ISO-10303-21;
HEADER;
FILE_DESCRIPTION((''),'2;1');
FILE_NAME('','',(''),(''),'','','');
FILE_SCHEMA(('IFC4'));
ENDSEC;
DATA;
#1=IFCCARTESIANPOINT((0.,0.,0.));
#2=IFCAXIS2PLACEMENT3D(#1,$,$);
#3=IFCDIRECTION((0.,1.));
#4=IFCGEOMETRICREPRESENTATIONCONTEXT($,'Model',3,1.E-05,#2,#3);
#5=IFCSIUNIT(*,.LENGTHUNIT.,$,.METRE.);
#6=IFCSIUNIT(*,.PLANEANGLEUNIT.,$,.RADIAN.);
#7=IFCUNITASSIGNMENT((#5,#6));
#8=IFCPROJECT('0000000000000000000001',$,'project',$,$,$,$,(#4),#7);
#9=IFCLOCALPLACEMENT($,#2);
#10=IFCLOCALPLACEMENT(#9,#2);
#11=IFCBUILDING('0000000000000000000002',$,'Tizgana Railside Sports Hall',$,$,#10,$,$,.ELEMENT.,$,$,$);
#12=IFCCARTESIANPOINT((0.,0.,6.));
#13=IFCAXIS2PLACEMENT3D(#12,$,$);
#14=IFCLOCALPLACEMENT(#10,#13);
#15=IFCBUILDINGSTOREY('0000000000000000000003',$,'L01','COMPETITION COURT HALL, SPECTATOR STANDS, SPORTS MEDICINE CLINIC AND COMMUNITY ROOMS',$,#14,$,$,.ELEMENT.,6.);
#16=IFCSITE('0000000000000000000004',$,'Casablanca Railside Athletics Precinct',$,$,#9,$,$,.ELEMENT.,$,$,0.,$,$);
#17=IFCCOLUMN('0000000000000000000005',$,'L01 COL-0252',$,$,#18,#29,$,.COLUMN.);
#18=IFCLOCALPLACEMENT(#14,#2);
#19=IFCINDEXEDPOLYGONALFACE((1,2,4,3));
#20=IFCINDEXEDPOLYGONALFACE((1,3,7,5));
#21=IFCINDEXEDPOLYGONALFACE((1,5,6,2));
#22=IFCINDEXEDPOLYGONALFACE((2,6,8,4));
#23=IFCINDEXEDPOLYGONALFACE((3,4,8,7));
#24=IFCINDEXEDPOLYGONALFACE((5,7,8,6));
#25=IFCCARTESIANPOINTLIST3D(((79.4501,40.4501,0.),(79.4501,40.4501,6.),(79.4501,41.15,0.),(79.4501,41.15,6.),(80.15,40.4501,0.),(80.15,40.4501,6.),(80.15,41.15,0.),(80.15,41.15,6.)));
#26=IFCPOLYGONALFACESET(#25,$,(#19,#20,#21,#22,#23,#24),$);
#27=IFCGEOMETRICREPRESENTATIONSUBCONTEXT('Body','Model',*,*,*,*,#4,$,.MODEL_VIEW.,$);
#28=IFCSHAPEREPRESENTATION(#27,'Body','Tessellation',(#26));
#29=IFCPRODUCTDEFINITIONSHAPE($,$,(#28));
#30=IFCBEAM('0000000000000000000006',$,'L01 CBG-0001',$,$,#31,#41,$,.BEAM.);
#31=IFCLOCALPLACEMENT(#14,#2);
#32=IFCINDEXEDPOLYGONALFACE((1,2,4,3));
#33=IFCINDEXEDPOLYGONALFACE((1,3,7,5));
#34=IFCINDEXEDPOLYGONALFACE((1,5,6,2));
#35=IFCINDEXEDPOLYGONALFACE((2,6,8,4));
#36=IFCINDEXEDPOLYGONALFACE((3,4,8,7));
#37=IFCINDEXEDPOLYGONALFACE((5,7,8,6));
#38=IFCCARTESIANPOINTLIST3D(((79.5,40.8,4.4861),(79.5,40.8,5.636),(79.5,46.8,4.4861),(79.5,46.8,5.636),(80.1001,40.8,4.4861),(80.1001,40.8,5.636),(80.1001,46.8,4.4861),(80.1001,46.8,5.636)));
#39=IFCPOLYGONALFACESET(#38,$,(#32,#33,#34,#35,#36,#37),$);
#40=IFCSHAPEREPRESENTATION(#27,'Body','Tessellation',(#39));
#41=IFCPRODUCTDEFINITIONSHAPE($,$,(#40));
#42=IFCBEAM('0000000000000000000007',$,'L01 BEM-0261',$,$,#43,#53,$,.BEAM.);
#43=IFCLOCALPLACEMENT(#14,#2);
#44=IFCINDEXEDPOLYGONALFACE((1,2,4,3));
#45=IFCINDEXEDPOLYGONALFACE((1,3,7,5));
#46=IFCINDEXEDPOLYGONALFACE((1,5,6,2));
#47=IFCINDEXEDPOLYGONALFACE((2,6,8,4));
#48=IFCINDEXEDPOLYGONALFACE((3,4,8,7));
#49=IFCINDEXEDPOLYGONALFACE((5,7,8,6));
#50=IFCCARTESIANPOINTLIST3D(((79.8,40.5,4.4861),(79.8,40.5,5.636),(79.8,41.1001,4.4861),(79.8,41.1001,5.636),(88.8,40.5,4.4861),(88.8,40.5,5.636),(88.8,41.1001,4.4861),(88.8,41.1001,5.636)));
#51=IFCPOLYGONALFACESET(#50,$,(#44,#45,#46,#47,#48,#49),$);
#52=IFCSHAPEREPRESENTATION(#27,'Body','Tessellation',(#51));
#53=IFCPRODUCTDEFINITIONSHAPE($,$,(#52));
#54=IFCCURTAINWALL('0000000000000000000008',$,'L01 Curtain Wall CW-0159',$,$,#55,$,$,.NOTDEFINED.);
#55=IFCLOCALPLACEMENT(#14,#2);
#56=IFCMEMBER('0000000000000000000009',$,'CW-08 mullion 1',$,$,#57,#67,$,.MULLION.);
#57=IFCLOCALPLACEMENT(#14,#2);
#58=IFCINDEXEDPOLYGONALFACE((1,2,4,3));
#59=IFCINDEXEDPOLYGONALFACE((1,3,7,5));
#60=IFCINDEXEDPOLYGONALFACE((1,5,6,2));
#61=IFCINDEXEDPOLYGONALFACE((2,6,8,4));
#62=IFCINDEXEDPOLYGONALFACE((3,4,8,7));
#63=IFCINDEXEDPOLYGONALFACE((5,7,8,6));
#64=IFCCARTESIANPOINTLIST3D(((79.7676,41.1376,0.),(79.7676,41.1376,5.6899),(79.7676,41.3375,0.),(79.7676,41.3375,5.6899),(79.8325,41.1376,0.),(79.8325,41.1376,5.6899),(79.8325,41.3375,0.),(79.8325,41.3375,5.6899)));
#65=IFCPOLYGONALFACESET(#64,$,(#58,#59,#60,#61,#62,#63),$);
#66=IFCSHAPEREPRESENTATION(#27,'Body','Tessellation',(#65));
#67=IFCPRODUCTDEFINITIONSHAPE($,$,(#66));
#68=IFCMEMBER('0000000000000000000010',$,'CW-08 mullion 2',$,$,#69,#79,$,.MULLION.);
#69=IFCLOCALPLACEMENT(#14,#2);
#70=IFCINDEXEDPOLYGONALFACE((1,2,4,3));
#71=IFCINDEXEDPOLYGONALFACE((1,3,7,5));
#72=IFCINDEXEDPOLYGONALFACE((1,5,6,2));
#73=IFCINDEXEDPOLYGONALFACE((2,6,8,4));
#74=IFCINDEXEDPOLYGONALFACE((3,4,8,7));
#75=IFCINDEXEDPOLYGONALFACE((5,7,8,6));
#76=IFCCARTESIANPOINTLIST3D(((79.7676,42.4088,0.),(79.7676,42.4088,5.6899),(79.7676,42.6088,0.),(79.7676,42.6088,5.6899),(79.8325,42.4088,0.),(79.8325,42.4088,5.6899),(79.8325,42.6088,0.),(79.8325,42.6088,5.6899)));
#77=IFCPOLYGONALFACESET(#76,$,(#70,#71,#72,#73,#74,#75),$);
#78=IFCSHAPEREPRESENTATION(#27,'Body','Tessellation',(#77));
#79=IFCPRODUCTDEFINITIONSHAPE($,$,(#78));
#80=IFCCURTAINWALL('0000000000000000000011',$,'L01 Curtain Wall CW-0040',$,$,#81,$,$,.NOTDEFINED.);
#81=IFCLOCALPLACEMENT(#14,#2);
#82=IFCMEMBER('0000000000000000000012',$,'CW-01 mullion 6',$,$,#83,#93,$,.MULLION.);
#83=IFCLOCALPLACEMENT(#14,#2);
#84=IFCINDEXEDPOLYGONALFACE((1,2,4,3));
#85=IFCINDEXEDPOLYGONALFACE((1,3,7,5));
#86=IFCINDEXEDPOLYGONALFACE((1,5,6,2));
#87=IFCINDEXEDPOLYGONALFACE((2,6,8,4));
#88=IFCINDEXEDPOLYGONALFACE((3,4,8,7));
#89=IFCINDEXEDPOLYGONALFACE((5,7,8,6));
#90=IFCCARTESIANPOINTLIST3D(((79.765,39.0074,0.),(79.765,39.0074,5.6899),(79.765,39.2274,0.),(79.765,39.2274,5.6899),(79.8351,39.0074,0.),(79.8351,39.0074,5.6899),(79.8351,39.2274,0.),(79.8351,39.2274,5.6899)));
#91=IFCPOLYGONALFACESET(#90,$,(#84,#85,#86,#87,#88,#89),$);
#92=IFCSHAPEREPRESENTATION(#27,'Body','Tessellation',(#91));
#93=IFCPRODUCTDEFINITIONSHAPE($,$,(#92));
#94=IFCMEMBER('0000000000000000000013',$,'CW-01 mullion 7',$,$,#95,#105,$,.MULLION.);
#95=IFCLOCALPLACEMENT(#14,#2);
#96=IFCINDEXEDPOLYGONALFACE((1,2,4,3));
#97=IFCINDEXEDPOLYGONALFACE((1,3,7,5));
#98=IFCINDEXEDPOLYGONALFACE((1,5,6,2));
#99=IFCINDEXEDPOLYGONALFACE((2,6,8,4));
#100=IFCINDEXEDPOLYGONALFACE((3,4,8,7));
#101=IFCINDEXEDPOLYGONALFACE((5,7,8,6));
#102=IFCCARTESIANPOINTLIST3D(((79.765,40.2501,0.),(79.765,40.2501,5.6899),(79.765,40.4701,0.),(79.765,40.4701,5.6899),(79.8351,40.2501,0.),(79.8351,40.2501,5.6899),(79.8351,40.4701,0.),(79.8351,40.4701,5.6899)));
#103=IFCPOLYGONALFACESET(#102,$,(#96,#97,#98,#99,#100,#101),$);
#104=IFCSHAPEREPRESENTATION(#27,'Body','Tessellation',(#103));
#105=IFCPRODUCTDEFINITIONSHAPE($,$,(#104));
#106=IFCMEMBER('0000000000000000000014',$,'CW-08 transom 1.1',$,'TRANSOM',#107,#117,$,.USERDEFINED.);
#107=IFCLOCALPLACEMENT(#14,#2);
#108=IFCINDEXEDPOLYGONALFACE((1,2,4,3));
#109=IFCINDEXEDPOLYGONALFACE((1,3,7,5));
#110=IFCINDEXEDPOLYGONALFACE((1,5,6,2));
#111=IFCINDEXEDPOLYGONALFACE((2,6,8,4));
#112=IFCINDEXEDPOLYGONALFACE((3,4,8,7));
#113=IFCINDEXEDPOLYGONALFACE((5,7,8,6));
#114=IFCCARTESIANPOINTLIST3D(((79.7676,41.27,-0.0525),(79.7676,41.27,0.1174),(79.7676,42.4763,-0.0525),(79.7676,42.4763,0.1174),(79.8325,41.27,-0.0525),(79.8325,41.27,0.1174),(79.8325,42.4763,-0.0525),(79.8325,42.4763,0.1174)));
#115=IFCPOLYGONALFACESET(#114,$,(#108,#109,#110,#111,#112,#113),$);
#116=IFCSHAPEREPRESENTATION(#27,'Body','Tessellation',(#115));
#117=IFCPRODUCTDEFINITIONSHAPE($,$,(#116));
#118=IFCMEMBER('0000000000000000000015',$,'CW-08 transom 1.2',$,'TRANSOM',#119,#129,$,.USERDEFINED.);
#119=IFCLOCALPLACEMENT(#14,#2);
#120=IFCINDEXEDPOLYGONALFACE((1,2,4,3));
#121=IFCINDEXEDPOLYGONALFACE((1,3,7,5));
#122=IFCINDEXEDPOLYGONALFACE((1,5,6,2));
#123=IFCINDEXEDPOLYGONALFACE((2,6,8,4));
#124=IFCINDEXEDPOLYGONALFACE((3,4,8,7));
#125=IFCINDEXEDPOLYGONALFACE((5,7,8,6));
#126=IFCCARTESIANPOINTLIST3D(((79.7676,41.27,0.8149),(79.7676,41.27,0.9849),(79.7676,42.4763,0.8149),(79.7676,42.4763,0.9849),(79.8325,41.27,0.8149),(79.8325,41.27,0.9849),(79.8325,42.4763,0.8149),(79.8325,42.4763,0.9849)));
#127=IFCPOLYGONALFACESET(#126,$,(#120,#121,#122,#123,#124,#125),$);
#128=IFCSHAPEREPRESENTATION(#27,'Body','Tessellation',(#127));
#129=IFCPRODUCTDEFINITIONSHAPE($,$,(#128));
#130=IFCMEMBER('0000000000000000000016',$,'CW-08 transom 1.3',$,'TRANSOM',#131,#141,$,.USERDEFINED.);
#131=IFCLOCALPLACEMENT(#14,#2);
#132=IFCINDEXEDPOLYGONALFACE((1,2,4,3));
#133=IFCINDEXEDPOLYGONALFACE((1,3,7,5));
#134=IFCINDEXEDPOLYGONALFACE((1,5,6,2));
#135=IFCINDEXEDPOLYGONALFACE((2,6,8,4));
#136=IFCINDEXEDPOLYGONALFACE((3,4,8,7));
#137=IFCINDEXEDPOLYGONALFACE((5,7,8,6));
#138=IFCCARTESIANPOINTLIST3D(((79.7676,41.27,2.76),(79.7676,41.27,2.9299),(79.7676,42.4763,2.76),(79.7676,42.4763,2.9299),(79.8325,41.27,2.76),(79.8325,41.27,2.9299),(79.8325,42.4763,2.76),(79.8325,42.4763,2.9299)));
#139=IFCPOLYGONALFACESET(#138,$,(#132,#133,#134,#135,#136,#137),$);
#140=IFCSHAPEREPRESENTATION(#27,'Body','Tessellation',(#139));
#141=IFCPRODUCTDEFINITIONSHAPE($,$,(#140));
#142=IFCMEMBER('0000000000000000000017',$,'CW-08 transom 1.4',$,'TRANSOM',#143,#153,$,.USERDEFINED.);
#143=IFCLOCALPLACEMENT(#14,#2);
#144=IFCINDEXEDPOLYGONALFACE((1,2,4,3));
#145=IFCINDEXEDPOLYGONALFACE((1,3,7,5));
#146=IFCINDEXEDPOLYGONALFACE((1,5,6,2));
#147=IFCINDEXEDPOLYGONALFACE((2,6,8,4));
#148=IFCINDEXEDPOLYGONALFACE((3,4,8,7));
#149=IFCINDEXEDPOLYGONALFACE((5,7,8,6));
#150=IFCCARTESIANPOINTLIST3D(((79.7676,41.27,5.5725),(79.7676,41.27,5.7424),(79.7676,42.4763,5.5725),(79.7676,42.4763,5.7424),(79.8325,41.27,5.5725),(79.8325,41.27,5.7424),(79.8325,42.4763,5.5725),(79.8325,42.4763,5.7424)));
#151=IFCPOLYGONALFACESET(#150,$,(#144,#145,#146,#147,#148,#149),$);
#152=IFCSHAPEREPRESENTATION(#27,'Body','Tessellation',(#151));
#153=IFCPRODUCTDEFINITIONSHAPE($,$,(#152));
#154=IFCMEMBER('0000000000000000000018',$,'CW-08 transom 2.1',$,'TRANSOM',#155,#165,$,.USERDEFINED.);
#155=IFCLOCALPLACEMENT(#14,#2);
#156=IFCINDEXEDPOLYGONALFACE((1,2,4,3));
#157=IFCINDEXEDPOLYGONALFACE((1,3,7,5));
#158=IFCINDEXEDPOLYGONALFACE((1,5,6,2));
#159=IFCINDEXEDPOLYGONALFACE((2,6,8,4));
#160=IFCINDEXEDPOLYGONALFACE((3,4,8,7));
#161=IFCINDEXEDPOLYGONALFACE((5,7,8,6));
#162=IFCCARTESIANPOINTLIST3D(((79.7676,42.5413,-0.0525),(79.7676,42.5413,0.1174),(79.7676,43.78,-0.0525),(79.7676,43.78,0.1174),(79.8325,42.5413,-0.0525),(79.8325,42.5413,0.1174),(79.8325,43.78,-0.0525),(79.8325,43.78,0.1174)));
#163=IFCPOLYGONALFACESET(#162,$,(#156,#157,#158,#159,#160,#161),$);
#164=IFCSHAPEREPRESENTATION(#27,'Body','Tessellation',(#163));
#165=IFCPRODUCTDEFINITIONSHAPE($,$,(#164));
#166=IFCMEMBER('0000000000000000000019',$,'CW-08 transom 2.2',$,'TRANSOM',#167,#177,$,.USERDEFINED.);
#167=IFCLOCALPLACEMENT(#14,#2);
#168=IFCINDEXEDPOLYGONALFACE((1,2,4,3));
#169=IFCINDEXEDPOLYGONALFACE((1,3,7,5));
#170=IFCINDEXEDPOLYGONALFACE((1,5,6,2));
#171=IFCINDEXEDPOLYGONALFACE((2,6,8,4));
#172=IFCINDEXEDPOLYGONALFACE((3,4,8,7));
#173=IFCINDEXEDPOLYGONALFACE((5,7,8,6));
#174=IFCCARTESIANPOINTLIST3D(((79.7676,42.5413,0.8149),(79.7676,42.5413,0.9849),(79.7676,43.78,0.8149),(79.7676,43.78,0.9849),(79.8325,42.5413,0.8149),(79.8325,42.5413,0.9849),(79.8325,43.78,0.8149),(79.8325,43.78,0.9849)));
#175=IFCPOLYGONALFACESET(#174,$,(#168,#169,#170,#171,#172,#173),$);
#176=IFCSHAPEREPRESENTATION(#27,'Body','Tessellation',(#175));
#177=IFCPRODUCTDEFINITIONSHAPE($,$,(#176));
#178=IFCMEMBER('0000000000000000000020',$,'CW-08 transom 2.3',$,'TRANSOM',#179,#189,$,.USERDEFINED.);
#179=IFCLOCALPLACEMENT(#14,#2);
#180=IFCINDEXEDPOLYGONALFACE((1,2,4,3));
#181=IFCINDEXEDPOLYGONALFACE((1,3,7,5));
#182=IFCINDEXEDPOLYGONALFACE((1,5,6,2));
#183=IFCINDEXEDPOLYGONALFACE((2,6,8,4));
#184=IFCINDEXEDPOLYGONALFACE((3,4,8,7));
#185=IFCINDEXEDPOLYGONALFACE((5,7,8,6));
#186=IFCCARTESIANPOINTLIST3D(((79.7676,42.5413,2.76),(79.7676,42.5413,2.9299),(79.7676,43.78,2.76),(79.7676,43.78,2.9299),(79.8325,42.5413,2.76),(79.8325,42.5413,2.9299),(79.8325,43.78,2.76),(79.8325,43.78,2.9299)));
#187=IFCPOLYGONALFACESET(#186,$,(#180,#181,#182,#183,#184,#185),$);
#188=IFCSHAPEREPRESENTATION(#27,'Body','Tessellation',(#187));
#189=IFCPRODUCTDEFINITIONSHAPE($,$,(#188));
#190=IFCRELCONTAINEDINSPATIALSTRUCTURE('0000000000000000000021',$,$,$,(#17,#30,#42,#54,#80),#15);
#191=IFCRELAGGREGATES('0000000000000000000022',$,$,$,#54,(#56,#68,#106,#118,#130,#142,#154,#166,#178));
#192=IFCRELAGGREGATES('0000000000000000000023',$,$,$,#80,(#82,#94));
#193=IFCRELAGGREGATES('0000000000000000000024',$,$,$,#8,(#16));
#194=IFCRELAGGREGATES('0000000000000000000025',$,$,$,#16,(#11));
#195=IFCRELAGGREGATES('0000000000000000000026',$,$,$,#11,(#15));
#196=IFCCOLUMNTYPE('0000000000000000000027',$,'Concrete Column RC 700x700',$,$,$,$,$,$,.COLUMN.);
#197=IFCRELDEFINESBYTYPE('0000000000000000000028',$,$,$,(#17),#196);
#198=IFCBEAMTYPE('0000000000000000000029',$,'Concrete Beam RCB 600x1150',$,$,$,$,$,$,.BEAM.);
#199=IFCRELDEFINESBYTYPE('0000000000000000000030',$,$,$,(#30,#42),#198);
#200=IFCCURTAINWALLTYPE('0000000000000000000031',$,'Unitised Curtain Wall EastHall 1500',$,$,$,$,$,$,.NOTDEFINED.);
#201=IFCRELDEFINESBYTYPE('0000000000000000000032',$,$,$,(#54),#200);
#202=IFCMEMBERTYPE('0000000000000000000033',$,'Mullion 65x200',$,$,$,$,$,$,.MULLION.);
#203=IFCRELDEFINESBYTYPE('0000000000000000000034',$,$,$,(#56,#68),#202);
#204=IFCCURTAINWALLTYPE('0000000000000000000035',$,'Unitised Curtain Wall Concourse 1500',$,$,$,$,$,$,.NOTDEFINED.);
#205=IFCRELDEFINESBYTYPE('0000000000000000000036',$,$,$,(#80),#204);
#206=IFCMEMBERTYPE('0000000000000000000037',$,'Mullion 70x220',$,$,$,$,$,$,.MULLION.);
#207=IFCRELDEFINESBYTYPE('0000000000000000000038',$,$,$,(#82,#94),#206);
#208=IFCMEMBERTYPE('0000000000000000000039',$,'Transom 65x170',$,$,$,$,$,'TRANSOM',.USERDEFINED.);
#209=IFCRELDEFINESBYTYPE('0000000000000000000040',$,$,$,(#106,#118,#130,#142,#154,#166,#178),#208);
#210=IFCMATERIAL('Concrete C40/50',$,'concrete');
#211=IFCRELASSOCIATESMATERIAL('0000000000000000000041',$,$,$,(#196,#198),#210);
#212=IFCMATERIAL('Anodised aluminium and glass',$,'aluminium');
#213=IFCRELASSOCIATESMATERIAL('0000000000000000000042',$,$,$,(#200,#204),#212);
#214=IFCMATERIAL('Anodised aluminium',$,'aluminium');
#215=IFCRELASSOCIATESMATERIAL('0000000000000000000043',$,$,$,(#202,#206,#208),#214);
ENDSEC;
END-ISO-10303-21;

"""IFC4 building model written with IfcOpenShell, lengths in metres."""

from ifc_helpers import new_model, si_unit, direction, frame, origin, origin_2d, place, context, subcontext, project, spatial, rectangle, extrude, material, material_profile, profile_set, type_object, element, aggregate, save


model = new_model("IFC4")

# Units and contexts
model_context = context("Model", 3, precision=1e-05, world=origin(), true_north=direction((0.0, 1.0)))
body_context = subcontext(model_context, "Body", "Model", "MODEL_VIEW")
ifc_project = project(units=[si_unit("LENGTHUNIT", "METRE"), si_unit("PLANEANGLEUNIT", "RADIAN")], contexts=[model_context])

# Site, building, storey
site_placement = place(None, origin())
site = spatial("IfcSite", under=ifc_project, at=site_placement, Name="Casablanca Railside Athletics Precinct", CompositionType="ELEMENT", RefElevation=0.0)
building_placement = place(site_placement, origin())
building = spatial("IfcBuilding", under=site, at=building_placement, Name="Tizgana Railside Sports Hall", CompositionType="ELEMENT")
storey_placement = place(building_placement, frame((0.0, 0.0, 6.0)))
storey = spatial("IfcBuildingStorey", under=building, at=storey_placement, Name="L01", Description="COMPETITION COURT HALL, SPECTATOR STANDS, SPORTS MEDICINE CLINIC AND COMMUNITY ROOMS", CompositionType="ELEMENT", Elevation=6.0)

# Column
ifc_material_1 = material(Name="Concrete C40/50", Category="concrete")
ifc_material_profile_1 = material_profile(ifc_material_1, rectangle(XDim=0.7, YDim=0.7, at=origin_2d()), Name="RC 700x700")
ifc_profile_set_1 = profile_set([ifc_material_profile_1], Name="Concrete C40/50")
column_type = type_object("IfcColumnType", Name="Concrete Column RC 700x700", PredefinedType="COLUMN", material=ifc_profile_set_1)
column_placement = place(storey_placement, frame((79.8, 40.8, 0.0), z_axis=(0.0, 0.0, 1.0), x_axis=(1.0, 0.0, 0.0)))
element("IfcColumn", 1, at=column_placement, inside=storey, type_object=column_type, Name="L01 COL-0252", PredefinedType="COLUMN", context=body_context, shape_type="SweptSolid", body=[
    extrude(rectangle(XDim=0.7, YDim=0.7, at=origin_2d()), origin(), (0.0, 0.0, 1.0), 6.0),
])

# Beams
ifc_material_profile_2 = material_profile(ifc_material_1, rectangle(XDim=0.6001, YDim=1.1499, at=origin_2d()), Name="RCB 600x1150")
ifc_profile_set_2 = profile_set([ifc_material_profile_2], Name="Concrete C40/50")
beam_type = type_object("IfcBeamType", Name="Concrete Beam RCB 600x1150", PredefinedType="BEAM", material=ifc_profile_set_2)
beam_1_placement = place(storey_placement, frame((79.8, 40.8, 5.061), z_axis=(0.0, 1.0, 0.0), x_axis=(-1.0, 0.0, 0.0)))
element("IfcBeam", 2, at=beam_1_placement, inside=storey, type_object=beam_type, Name="L01 CBG-0001", PredefinedType="BEAM", context=body_context, shape_type="SweptSolid", body=[
    extrude(rectangle(XDim=0.6001, YDim=1.1499, at=origin_2d()), origin(), (0.0, 0.0, 1.0), 6.0),
])
beam_2_placement = place(storey_placement, frame((79.8, 40.8, 5.061), z_axis=(1.0, 0.0, 0.0), x_axis=(0.0, 1.0, 0.0)))
element("IfcBeam", 3, at=beam_2_placement, inside=storey, type_object=beam_type, Name="L01 BEM-0261", PredefinedType="BEAM", context=body_context, shape_type="SweptSolid", body=[
    extrude(rectangle(XDim=0.6001, YDim=1.1499, at=origin_2d()), origin(), (0.0, 0.0, 1.0), 9.0),
])

# Curtain walls, members
ifc_material_2 = material(Name="Anodised aluminium and glass", Category="aluminium")
curtain_wall_type_1 = type_object("IfcCurtainWallType", Name="Unitised Curtain Wall EastHall 1500", PredefinedType="NOTDEFINED", material=ifc_material_2)
curtain_wall_1_placement = place(storey_placement, origin())
curtain_wall_1 = element("IfcCurtainWall", 4, at=curtain_wall_1_placement, inside=storey, type_object=curtain_wall_type_1, Name="L01 Curtain Wall CW-0159", PredefinedType="NOTDEFINED")
ifc_material_3 = material(Name="Anodised aluminium", Category="aluminium")
ifc_material_profile_3 = material_profile(ifc_material_3, rectangle(XDim=0.0649, YDim=0.2, at=origin_2d()), Name="Mullion 65x200")
ifc_profile_set_3 = profile_set([ifc_material_profile_3], Name="Anodised aluminium")
member_type_1 = type_object("IfcMemberType", Name="Mullion 65x200", PredefinedType="MULLION", material=ifc_profile_set_3)
member_1_placement = place(storey_placement, frame((79.8, 41.2375, 0.0), z_axis=(0.0, 0.0, 1.0), x_axis=(-1.0, 0.0, 0.0)))
member_1 = element("IfcMember", 5, at=member_1_placement, type_object=member_type_1, Name="CW-08 mullion 1", PredefinedType="MULLION", context=body_context, shape_type="SweptSolid", body=[
    extrude(rectangle(XDim=0.0649, YDim=0.2, at=origin_2d()), origin(), (0.0, 0.0, 1.0), 5.6899),
])
member_2_placement = place(storey_placement, frame((79.8, 42.5088, 0.0), z_axis=(0.0, 0.0, 1.0), x_axis=(-1.0, 0.0, 0.0)))
member_2 = element("IfcMember", 6, at=member_2_placement, type_object=member_type_1, Name="CW-08 mullion 2", PredefinedType="MULLION", context=body_context, shape_type="SweptSolid", body=[
    extrude(rectangle(XDim=0.0649, YDim=0.2, at=origin_2d()), origin(), (0.0, 0.0, 1.0), 5.6899),
])
curtain_wall_type_2 = type_object("IfcCurtainWallType", Name="Unitised Curtain Wall Concourse 1500", PredefinedType="NOTDEFINED", material=ifc_material_2)
curtain_wall_2_placement = place(storey_placement, origin())
curtain_wall_2 = element("IfcCurtainWall", 7, at=curtain_wall_2_placement, inside=storey, type_object=curtain_wall_type_2, Name="L01 Curtain Wall CW-0040", PredefinedType="NOTDEFINED")
ifc_material_profile_4 = material_profile(ifc_material_3, rectangle(XDim=0.0701, YDim=0.22, at=origin_2d()), Name="Mullion 70x220")
ifc_profile_set_4 = profile_set([ifc_material_profile_4], Name="Anodised aluminium")
member_type_2 = type_object("IfcMemberType", Name="Mullion 70x220", PredefinedType="MULLION", material=ifc_profile_set_4)
member_3_placement = place(storey_placement, frame((79.8, 39.1174, 0.0), z_axis=(0.0, 0.0, 1.0), x_axis=(-1.0, 0.0, 0.0)))
member_3 = element("IfcMember", 8, at=member_3_placement, type_object=member_type_2, Name="CW-01 mullion 6", PredefinedType="MULLION", context=body_context, shape_type="SweptSolid", body=[
    extrude(rectangle(XDim=0.0701, YDim=0.22, at=origin_2d()), origin(), (0.0, 0.0, 1.0), 5.6899),
])
member_4_placement = place(storey_placement, frame((79.8, 40.3601, 0.0), z_axis=(0.0, 0.0, 1.0), x_axis=(-1.0, 0.0, 0.0)))
member_4 = element("IfcMember", 9, at=member_4_placement, type_object=member_type_2, Name="CW-01 mullion 7", PredefinedType="MULLION", context=body_context, shape_type="SweptSolid", body=[
    extrude(rectangle(XDim=0.0701, YDim=0.22, at=origin_2d()), origin(), (0.0, 0.0, 1.0), 5.6899),
])

# Members
ifc_material_profile_5 = material_profile(ifc_material_3, rectangle(XDim=0.0649, YDim=0.1699, at=origin_2d()), Name="Transom 65x170")
ifc_profile_set_5 = profile_set([ifc_material_profile_5], Name="Anodised aluminium")
member_type_3 = type_object("IfcMemberType", Name="Transom 65x170", ElementType="TRANSOM", PredefinedType="USERDEFINED", material=ifc_profile_set_5)
member_5_placement = place(storey_placement, frame((79.8, 41.27, 0.0325), z_axis=(0.0, 1.0, 0.0), x_axis=(-1.0, 0.0, 0.0)))
member_5 = element("IfcMember", 10, at=member_5_placement, type_object=member_type_3, Name="CW-08 transom 1.1", ObjectType="TRANSOM", PredefinedType="USERDEFINED", context=body_context, shape_type="SweptSolid", body=[
    extrude(rectangle(XDim=0.0649, YDim=0.1699, at=origin_2d()), origin(), (0.0, 0.0, 1.0), 1.2063),
])
member_6_placement = place(storey_placement, frame((79.8, 41.27, 0.8999), z_axis=(0.0, 1.0, 0.0), x_axis=(-1.0, 0.0, 0.0)))
member_6 = element("IfcMember", 11, at=member_6_placement, type_object=member_type_3, Name="CW-08 transom 1.2", ObjectType="TRANSOM", PredefinedType="USERDEFINED", context=body_context, shape_type="SweptSolid", body=[
    extrude(rectangle(XDim=0.0649, YDim=0.1699, at=origin_2d()), origin(), (0.0, 0.0, 1.0), 1.2063),
])
member_7_placement = place(storey_placement, frame((79.8, 41.27, 2.845), z_axis=(0.0, 1.0, 0.0), x_axis=(-1.0, 0.0, 0.0)))
member_7 = element("IfcMember", 12, at=member_7_placement, type_object=member_type_3, Name="CW-08 transom 1.3", ObjectType="TRANSOM", PredefinedType="USERDEFINED", context=body_context, shape_type="SweptSolid", body=[
    extrude(rectangle(XDim=0.0649, YDim=0.1699, at=origin_2d()), origin(), (0.0, 0.0, 1.0), 1.2063),
])
member_8_placement = place(storey_placement, frame((79.8, 41.27, 5.6575), z_axis=(0.0, 1.0, 0.0), x_axis=(-1.0, 0.0, 0.0)))
member_8 = element("IfcMember", 13, at=member_8_placement, type_object=member_type_3, Name="CW-08 transom 1.4", ObjectType="TRANSOM", PredefinedType="USERDEFINED", context=body_context, shape_type="SweptSolid", body=[
    extrude(rectangle(XDim=0.0649, YDim=0.1699, at=origin_2d()), origin(), (0.0, 0.0, 1.0), 1.2063),
])
member_9_placement = place(storey_placement, frame((79.8, 42.5413, 0.0325), z_axis=(0.0, 1.0, 0.0), x_axis=(-1.0, 0.0, 0.0)))
member_9 = element("IfcMember", 14, at=member_9_placement, type_object=member_type_3, Name="CW-08 transom 2.1", ObjectType="TRANSOM", PredefinedType="USERDEFINED", context=body_context, shape_type="SweptSolid", body=[
    extrude(rectangle(XDim=0.0649, YDim=0.1699, at=origin_2d()), origin(), (0.0, 0.0, 1.0), 1.2388),
])
member_10_placement = place(storey_placement, frame((79.8, 42.5413, 0.8999), z_axis=(0.0, 1.0, 0.0), x_axis=(-1.0, 0.0, 0.0)))
member_10 = element("IfcMember", 15, at=member_10_placement, type_object=member_type_3, Name="CW-08 transom 2.2", ObjectType="TRANSOM", PredefinedType="USERDEFINED", context=body_context, shape_type="SweptSolid", body=[
    extrude(rectangle(XDim=0.0649, YDim=0.1699, at=origin_2d()), origin(), (0.0, 0.0, 1.0), 1.2388),
])
member_11_placement = place(storey_placement, frame((79.8, 42.5413, 2.845), z_axis=(0.0, 1.0, 0.0), x_axis=(-1.0, 0.0, 0.0)))
member_11 = element("IfcMember", 16, at=member_11_placement, type_object=member_type_3, Name="CW-08 transom 2.3", ObjectType="TRANSOM", PredefinedType="USERDEFINED", context=body_context, shape_type="SweptSolid", body=[
    extrude(rectangle(XDim=0.0649, YDim=0.1699, at=origin_2d()), origin(), (0.0, 0.0, 1.0), 1.2388),
])

aggregate(curtain_wall_1, [member_1, member_2, member_5, member_6, member_7, member_8, member_9, member_10, member_11])
aggregate(curtain_wall_2, [member_3, member_4])

save(model, "model.ifc")
